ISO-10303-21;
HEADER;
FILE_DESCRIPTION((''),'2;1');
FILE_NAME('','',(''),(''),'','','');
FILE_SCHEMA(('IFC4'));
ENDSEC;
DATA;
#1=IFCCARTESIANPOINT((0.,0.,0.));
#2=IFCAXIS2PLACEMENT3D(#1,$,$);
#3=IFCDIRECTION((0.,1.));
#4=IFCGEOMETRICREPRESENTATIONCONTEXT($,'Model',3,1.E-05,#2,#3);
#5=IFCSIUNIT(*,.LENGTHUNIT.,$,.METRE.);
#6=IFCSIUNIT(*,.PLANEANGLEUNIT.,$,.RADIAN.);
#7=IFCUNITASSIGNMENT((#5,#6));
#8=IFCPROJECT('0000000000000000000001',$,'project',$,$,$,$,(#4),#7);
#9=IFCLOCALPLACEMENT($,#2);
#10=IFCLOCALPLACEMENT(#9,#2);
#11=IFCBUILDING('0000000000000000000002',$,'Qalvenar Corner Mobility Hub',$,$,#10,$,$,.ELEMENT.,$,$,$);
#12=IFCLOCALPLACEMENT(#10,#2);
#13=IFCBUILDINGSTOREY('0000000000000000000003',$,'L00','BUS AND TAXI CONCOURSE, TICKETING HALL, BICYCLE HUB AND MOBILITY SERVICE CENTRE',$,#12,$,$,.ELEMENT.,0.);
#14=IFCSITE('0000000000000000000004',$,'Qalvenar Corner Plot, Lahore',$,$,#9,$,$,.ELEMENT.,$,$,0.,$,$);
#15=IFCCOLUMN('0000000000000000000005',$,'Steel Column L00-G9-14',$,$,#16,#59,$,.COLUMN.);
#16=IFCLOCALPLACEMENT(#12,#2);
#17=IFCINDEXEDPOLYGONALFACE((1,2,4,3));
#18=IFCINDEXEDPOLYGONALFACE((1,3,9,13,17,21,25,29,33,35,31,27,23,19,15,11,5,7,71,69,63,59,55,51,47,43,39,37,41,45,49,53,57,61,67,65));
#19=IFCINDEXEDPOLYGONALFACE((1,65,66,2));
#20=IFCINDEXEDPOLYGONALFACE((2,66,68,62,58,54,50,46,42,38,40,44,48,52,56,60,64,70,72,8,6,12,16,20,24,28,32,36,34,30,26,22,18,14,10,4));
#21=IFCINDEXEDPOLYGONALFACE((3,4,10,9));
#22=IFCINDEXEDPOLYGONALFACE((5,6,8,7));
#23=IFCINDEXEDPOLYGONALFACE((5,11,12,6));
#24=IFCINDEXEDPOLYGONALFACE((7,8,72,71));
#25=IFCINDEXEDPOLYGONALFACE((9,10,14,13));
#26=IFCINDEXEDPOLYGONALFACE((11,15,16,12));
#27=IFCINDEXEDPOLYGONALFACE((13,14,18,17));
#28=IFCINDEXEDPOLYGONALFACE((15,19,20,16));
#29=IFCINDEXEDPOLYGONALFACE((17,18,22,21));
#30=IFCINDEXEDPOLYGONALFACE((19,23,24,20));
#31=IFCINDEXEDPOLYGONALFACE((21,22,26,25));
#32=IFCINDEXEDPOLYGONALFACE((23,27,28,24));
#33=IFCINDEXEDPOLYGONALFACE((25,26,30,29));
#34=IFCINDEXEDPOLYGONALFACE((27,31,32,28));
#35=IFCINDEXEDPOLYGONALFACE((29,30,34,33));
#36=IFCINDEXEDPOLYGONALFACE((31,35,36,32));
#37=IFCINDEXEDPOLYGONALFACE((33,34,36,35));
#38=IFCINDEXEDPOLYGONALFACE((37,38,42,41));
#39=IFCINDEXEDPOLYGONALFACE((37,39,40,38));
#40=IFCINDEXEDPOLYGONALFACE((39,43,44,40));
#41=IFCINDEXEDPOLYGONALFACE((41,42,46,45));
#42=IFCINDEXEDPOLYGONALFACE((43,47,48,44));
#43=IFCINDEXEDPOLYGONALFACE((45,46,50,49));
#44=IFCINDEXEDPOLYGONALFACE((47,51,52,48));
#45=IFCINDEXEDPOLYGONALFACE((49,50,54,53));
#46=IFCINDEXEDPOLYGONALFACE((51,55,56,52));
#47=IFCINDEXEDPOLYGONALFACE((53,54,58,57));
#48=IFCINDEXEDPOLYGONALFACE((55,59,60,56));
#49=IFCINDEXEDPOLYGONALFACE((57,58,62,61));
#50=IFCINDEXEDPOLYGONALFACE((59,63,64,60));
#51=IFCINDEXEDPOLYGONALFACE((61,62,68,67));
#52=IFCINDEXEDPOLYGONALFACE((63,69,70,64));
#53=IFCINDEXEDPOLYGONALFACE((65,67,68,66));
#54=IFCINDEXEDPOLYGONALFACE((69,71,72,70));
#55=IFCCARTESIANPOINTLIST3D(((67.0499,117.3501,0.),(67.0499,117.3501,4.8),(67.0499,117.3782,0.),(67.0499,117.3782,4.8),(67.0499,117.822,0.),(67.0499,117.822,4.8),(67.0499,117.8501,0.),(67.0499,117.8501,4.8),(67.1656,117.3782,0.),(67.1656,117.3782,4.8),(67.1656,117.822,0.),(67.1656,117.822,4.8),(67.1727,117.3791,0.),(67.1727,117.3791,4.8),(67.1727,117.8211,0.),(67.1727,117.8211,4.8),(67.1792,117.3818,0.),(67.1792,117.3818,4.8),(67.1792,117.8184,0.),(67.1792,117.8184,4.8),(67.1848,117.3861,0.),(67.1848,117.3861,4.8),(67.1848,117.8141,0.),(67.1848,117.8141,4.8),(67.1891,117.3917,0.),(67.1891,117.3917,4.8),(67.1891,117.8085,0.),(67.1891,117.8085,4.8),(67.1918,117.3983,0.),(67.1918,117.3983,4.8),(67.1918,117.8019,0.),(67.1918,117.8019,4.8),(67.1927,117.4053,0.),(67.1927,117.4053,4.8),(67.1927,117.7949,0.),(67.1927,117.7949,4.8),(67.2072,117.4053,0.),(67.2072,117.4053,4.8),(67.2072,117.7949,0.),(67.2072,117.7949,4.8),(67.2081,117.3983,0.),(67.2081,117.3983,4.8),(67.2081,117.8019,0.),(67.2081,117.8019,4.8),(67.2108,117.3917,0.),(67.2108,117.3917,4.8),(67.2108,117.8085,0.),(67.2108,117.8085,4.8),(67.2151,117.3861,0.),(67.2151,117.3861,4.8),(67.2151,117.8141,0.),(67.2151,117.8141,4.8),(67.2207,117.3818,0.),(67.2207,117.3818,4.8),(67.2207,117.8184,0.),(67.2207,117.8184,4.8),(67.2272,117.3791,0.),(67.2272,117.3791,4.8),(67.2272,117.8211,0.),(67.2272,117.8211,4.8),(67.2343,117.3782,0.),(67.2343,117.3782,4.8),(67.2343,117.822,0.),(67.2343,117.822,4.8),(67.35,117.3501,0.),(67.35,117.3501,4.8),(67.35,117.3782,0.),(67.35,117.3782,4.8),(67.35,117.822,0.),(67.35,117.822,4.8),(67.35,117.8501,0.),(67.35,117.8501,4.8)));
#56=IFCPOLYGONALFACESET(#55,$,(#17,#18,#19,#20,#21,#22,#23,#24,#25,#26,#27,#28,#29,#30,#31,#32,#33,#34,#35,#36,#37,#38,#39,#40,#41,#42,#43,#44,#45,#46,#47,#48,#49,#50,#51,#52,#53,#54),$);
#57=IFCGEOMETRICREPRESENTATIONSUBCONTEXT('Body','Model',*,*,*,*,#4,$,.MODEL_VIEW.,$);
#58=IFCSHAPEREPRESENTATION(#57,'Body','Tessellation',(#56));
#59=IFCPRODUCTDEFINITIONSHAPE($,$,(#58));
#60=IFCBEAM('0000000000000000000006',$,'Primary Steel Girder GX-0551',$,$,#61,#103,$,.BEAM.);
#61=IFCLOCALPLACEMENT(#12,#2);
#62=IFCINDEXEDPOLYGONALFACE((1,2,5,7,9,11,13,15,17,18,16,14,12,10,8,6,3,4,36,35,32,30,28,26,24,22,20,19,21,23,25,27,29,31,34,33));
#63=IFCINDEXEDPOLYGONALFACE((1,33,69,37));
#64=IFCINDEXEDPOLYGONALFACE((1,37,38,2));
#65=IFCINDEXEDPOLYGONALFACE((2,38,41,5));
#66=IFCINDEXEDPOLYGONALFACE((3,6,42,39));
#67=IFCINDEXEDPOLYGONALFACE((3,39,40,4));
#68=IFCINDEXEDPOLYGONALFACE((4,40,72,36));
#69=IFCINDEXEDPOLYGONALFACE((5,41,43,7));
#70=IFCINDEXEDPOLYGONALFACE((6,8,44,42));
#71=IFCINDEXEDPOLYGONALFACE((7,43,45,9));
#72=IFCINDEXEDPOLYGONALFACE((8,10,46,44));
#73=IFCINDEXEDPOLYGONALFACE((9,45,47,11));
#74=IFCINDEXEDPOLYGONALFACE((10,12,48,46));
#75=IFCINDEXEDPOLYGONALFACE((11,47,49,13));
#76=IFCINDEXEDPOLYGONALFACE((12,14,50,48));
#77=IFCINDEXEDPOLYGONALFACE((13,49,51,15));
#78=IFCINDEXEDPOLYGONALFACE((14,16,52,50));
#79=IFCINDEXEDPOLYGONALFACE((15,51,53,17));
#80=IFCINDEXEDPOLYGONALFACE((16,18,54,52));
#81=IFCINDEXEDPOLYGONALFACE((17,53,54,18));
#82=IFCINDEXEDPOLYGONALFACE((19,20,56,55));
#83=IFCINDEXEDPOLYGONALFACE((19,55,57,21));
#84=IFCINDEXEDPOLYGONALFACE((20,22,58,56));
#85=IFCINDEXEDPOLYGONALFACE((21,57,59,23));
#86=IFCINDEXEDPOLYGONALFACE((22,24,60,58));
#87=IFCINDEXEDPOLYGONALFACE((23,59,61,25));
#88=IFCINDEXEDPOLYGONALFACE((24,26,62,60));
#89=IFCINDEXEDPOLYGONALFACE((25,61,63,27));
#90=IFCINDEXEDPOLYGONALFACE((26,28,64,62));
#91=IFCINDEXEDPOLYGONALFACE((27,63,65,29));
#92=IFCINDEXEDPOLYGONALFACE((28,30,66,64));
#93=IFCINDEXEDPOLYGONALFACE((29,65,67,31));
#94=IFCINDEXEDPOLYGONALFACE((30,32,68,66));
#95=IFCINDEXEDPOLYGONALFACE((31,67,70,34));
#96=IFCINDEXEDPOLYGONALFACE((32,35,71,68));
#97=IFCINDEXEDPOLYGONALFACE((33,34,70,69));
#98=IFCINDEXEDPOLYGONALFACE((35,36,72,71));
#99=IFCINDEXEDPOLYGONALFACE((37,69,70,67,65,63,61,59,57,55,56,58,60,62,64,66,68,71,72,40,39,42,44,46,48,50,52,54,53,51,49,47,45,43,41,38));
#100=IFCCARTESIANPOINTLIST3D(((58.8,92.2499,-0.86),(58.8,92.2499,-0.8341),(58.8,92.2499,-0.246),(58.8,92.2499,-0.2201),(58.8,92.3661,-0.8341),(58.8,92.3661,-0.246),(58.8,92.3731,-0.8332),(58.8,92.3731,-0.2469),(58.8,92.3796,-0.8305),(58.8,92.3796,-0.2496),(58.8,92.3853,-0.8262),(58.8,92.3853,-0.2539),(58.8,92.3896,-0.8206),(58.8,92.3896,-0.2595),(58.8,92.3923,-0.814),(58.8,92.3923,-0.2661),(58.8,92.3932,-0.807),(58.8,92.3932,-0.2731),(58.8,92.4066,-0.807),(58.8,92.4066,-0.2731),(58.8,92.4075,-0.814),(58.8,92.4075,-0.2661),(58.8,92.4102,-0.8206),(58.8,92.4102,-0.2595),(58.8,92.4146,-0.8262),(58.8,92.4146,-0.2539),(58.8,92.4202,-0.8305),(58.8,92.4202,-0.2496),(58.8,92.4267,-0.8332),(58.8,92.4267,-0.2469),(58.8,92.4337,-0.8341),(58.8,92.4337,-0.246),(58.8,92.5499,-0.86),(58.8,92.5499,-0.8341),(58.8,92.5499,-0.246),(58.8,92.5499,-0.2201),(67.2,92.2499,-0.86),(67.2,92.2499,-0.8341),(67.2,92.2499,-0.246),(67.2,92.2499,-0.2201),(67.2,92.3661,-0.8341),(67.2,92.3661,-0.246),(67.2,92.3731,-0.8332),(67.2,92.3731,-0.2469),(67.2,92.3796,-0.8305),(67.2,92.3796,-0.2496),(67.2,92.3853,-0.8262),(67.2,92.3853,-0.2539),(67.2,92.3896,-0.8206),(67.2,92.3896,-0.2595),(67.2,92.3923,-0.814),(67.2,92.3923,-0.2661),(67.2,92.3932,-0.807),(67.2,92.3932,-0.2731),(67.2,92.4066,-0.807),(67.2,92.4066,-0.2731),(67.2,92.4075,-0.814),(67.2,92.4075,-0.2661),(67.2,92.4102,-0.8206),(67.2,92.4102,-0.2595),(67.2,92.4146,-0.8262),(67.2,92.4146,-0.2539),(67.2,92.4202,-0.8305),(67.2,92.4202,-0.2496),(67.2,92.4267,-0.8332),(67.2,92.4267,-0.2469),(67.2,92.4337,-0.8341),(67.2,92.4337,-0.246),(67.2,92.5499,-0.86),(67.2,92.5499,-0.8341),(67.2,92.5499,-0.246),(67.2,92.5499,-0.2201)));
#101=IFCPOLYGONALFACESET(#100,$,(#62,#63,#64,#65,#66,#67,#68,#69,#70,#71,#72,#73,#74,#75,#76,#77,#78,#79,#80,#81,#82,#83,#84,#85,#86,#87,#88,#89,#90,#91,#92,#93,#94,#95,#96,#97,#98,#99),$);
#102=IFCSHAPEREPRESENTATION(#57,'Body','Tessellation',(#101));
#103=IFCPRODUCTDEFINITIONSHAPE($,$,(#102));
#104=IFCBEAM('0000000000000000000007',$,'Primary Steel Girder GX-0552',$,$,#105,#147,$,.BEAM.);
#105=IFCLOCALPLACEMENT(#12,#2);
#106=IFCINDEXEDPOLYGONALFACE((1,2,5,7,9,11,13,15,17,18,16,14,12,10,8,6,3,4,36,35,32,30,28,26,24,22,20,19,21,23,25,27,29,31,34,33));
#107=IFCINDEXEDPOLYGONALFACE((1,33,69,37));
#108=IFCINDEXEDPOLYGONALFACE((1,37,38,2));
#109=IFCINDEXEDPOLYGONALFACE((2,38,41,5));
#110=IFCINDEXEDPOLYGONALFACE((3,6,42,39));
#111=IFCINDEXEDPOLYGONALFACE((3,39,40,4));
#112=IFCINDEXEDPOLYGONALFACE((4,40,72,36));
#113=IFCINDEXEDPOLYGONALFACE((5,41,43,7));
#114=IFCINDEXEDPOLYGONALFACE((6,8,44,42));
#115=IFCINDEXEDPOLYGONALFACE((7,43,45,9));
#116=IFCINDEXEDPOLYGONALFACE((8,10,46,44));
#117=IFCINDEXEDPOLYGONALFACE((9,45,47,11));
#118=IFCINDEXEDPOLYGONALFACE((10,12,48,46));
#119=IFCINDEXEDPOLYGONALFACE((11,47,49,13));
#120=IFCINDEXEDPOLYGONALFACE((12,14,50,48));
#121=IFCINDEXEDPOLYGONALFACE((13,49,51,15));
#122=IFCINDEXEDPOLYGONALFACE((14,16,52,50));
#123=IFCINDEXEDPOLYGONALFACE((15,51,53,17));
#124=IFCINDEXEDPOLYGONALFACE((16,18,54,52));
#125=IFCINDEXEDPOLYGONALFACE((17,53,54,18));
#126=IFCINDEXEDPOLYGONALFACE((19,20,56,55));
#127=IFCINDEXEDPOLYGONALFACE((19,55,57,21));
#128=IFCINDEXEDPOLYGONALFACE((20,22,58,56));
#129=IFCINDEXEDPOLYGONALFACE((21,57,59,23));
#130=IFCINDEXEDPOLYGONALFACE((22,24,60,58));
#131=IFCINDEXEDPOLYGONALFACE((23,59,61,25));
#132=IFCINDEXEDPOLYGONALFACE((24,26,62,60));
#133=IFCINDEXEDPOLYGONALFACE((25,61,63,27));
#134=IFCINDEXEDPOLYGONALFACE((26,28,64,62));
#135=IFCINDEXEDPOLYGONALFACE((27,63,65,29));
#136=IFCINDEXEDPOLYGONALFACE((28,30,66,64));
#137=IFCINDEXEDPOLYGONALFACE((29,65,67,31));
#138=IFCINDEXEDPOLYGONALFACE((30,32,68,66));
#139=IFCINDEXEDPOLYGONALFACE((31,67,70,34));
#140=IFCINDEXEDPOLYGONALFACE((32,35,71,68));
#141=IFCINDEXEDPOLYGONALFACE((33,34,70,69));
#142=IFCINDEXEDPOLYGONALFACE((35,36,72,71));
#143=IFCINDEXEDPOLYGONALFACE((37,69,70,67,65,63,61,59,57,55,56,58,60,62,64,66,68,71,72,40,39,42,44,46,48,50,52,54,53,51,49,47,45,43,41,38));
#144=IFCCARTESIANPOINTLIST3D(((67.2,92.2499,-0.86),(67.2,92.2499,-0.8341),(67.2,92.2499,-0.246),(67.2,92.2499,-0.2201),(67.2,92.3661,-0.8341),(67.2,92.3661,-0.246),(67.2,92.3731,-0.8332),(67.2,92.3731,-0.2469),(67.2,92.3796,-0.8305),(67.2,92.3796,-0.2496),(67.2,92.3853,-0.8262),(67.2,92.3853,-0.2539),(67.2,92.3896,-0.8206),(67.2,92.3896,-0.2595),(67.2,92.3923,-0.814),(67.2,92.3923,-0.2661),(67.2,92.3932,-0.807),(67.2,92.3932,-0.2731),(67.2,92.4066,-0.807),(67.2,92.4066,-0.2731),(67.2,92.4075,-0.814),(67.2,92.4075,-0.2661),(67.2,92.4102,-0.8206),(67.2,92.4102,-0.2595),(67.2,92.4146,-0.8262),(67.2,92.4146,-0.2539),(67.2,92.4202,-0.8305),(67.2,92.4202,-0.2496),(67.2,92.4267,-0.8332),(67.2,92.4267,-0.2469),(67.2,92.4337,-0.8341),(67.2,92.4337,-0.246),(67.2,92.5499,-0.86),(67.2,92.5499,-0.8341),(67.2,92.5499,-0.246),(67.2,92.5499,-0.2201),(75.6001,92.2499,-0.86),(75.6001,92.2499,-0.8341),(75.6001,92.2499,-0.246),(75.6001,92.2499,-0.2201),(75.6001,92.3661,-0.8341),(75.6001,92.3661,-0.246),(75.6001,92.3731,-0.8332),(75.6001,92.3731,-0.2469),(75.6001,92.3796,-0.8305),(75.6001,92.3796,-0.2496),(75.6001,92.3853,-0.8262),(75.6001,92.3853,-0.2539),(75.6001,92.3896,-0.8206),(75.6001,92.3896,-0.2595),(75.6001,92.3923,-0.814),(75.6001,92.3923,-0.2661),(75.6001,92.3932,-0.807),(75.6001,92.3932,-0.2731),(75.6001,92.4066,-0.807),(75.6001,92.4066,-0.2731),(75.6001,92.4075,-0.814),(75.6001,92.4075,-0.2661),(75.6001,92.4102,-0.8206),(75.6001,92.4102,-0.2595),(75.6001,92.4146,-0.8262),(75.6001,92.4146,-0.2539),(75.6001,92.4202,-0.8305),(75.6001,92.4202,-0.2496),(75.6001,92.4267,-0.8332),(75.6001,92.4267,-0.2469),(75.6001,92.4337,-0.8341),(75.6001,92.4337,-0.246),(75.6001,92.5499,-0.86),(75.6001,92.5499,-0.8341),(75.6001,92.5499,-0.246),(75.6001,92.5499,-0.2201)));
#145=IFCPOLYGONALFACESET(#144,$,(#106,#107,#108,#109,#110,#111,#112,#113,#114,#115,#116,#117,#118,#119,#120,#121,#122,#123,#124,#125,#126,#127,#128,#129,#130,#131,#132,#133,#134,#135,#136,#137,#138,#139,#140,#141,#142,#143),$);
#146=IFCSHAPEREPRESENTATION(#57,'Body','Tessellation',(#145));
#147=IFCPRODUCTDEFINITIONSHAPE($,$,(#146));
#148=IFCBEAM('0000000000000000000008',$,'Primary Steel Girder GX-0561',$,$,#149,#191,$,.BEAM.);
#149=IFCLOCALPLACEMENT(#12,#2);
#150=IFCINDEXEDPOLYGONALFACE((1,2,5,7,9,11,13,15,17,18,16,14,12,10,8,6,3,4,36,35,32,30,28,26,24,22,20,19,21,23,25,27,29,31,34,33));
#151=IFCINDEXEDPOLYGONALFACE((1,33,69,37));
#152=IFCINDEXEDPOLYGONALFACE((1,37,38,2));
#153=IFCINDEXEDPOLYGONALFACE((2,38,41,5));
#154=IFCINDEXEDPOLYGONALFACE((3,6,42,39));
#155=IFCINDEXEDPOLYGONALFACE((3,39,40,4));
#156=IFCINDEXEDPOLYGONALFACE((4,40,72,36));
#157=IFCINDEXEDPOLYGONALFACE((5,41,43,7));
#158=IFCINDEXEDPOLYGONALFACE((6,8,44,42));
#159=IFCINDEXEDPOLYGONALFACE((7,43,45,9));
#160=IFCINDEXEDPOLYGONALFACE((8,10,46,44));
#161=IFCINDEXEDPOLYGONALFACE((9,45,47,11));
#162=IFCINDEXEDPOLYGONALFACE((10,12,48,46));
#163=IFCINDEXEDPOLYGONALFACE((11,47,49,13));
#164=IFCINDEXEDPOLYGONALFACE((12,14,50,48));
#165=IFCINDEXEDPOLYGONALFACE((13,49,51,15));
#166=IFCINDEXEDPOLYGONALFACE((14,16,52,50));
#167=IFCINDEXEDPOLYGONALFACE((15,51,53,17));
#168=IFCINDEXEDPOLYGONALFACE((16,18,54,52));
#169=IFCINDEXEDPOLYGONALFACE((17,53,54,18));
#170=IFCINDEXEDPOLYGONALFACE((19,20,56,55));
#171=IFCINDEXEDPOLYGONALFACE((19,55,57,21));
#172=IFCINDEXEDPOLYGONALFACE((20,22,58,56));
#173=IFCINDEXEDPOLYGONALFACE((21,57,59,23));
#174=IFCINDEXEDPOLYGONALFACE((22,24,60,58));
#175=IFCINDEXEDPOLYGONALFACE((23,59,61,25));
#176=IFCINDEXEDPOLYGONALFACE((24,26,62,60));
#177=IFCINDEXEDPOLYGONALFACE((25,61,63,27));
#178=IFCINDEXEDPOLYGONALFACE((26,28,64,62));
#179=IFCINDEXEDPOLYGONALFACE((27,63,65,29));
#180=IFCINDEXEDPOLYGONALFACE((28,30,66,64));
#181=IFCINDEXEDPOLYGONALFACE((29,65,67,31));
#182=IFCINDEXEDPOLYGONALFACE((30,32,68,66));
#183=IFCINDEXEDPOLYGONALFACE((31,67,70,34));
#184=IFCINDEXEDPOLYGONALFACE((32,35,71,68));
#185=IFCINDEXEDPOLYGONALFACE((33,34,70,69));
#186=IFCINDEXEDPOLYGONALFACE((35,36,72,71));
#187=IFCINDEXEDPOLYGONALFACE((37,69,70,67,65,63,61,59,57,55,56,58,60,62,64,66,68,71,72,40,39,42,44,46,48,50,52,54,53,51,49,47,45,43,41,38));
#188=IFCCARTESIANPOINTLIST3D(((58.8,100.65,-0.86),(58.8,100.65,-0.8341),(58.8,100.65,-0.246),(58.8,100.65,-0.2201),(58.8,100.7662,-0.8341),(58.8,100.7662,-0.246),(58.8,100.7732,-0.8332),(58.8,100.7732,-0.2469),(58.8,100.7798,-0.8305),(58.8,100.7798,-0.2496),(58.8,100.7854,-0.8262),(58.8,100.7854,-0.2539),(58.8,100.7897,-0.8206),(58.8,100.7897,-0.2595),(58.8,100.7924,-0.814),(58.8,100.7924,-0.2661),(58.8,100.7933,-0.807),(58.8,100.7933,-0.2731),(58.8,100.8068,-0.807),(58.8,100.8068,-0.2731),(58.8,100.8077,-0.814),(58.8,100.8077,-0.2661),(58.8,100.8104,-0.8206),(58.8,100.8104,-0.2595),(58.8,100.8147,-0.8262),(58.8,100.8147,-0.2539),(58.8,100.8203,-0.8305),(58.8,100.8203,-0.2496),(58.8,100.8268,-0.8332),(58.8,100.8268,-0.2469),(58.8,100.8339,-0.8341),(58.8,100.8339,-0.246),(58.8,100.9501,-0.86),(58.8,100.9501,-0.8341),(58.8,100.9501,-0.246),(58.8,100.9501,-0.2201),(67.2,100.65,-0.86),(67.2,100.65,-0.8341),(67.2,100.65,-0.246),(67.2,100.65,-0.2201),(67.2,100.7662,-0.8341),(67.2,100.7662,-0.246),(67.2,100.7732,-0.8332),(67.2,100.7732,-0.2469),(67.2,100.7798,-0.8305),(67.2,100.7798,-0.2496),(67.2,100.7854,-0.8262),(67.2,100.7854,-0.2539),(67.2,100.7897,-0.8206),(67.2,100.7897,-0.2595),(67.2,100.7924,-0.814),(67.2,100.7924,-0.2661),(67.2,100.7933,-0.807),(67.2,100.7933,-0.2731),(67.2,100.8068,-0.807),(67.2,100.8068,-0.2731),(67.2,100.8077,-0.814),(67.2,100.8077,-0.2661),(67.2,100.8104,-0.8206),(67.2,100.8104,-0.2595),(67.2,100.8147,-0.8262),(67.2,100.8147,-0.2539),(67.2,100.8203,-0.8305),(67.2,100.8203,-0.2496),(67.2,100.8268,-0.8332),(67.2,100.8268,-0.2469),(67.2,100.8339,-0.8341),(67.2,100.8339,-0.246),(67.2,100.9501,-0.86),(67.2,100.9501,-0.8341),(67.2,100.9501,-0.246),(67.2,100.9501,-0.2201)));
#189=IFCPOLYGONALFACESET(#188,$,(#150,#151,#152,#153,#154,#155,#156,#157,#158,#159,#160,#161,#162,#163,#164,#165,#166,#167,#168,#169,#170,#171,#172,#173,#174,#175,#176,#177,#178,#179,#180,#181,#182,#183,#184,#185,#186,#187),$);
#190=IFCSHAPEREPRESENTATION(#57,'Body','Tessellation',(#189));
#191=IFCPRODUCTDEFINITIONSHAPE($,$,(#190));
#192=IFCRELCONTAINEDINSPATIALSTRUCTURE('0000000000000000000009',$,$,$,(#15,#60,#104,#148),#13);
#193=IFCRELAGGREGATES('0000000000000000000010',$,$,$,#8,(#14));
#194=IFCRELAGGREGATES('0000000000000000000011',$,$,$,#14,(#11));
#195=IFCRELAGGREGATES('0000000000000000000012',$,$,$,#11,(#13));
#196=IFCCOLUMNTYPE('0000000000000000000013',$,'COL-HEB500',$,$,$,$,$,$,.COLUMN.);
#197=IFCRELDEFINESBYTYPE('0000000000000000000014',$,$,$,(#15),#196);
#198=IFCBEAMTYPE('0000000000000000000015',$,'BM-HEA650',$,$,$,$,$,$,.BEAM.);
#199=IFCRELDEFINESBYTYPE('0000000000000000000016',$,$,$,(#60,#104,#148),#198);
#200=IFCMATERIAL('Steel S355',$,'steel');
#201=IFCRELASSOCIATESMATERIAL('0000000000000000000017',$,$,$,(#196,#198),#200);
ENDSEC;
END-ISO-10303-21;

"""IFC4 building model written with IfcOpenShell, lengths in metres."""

from ifc_helpers import new_model, si_unit, direction, frame, origin, origin_2d, place, context, subcontext, project, spatial, i_section, extrude, material, material_profile, profile_set, type_object, element, save


model = new_model("IFC4")

# Units and contexts
model_context = context("Model", 3, precision=1e-05, world=origin(), true_north=direction((0.0, 1.0)))
body_context = subcontext(model_context, "Body", "Model", "MODEL_VIEW")
ifc_project = project(units=[si_unit("LENGTHUNIT", "METRE"), si_unit("PLANEANGLEUNIT", "RADIAN")], contexts=[model_context])

# Site, building, storey
site_placement = place(None, origin())
site = spatial("IfcSite", under=ifc_project, at=site_placement, Name="Qalvenar Corner Plot, Lahore", CompositionType="ELEMENT", RefElevation=0.0)
building_placement = place(site_placement, origin())
building = spatial("IfcBuilding", under=site, at=building_placement, Name="Qalvenar Corner Mobility Hub", CompositionType="ELEMENT")
storey_placement = place(building_placement, origin())
storey = spatial("IfcBuildingStorey", under=building, at=storey_placement, Name="L00", Description="BUS AND TAXI CONCOURSE, TICKETING HALL, BICYCLE HUB AND MOBILITY SERVICE CENTRE", CompositionType="ELEMENT", Elevation=0.0)

# Column
ifc_material_1 = material(Name="Steel S355", Category="steel")
ifc_material_profile_1 = material_profile(ifc_material_1, i_section(OverallWidth=0.3, OverallDepth=0.5, WebThickness=0.0144, FlangeThickness=0.0281, FilletRadius=0.0271, at=origin_2d()), Name="HEB500")
ifc_profile_set_1 = profile_set([ifc_material_profile_1], Name="Steel S355")
column_type_1 = type_object("IfcColumnType", Name="COL-HEB500", PredefinedType="COLUMN", material=ifc_profile_set_1)
column_1_placement = place(storey_placement, frame((67.2, 117.6001, 0.0), z_axis=(0.0, 0.0, 1.0), x_axis=(1.0, 0.0, 0.0)))
element("IfcColumn", 1, at=column_1_placement, inside=storey, type_object=column_type_1, Name="Steel Column L00-G9-14", PredefinedType="COLUMN", context=body_context, shape_type="SweptSolid", body=[
    extrude(i_section(OverallWidth=0.3, OverallDepth=0.5, WebThickness=0.0144, FlangeThickness=0.0281, FilletRadius=0.0271, at=origin_2d()), origin(), (0.0, 0.0, 1.0), 4.8),
])

# Beams
ifc_material_profile_2 = material_profile(ifc_material_1, i_section(OverallWidth=0.3, OverallDepth=0.6399, WebThickness=0.0134, FlangeThickness=0.0259, FilletRadius=0.0271, at=origin_2d()), Name="HEA650")
ifc_profile_set_2 = profile_set([ifc_material_profile_2], Name="Steel S355")
beam_type_1 = type_object("IfcBeamType", Name="BM-HEA650", PredefinedType="BEAM", material=ifc_profile_set_2)
beam_1_placement = place(storey_placement, frame((58.8, 92.3999, -0.54), z_axis=(1.0, 0.0, 0.0), x_axis=(0.0, 1.0, 0.0)))
element("IfcBeam", 2, at=beam_1_placement, inside=storey, type_object=beam_type_1, Name="Primary Steel Girder GX-0551", PredefinedType="BEAM", context=body_context, shape_type="SweptSolid", body=[
    extrude(i_section(OverallWidth=0.3, OverallDepth=0.6399, WebThickness=0.0134, FlangeThickness=0.0259, FilletRadius=0.0271, at=origin_2d()), origin(), (0.0, 0.0, 1.0), 8.3999),
])
beam_2_placement = place(storey_placement, frame((67.2, 92.3999, -0.54), z_axis=(1.0, 0.0, 0.0), x_axis=(0.0, 1.0, 0.0)))
element("IfcBeam", 3, at=beam_2_placement, inside=storey, type_object=beam_type_1, Name="Primary Steel Girder GX-0552", PredefinedType="BEAM", context=body_context, shape_type="SweptSolid", body=[
    extrude(i_section(OverallWidth=0.3, OverallDepth=0.6399, WebThickness=0.0134, FlangeThickness=0.0259, FilletRadius=0.0271, at=origin_2d()), origin(), (0.0, 0.0, 1.0), 8.4001),
])
beam_3_placement = place(storey_placement, frame((58.8, 100.8, -0.54), z_axis=(1.0, 0.0, 0.0), x_axis=(0.0, 1.0, 0.0)))
element("IfcBeam", 4, at=beam_3_placement, inside=storey, type_object=beam_type_1, Name="Primary Steel Girder GX-0561", PredefinedType="BEAM", context=body_context, shape_type="SweptSolid", body=[
    extrude(i_section(OverallWidth=0.3, OverallDepth=0.6399, WebThickness=0.0134, FlangeThickness=0.0259, FilletRadius=0.0271, at=origin_2d()), origin(), (0.0, 0.0, 1.0), 8.3999),
])

save(model, "model.ifc")
